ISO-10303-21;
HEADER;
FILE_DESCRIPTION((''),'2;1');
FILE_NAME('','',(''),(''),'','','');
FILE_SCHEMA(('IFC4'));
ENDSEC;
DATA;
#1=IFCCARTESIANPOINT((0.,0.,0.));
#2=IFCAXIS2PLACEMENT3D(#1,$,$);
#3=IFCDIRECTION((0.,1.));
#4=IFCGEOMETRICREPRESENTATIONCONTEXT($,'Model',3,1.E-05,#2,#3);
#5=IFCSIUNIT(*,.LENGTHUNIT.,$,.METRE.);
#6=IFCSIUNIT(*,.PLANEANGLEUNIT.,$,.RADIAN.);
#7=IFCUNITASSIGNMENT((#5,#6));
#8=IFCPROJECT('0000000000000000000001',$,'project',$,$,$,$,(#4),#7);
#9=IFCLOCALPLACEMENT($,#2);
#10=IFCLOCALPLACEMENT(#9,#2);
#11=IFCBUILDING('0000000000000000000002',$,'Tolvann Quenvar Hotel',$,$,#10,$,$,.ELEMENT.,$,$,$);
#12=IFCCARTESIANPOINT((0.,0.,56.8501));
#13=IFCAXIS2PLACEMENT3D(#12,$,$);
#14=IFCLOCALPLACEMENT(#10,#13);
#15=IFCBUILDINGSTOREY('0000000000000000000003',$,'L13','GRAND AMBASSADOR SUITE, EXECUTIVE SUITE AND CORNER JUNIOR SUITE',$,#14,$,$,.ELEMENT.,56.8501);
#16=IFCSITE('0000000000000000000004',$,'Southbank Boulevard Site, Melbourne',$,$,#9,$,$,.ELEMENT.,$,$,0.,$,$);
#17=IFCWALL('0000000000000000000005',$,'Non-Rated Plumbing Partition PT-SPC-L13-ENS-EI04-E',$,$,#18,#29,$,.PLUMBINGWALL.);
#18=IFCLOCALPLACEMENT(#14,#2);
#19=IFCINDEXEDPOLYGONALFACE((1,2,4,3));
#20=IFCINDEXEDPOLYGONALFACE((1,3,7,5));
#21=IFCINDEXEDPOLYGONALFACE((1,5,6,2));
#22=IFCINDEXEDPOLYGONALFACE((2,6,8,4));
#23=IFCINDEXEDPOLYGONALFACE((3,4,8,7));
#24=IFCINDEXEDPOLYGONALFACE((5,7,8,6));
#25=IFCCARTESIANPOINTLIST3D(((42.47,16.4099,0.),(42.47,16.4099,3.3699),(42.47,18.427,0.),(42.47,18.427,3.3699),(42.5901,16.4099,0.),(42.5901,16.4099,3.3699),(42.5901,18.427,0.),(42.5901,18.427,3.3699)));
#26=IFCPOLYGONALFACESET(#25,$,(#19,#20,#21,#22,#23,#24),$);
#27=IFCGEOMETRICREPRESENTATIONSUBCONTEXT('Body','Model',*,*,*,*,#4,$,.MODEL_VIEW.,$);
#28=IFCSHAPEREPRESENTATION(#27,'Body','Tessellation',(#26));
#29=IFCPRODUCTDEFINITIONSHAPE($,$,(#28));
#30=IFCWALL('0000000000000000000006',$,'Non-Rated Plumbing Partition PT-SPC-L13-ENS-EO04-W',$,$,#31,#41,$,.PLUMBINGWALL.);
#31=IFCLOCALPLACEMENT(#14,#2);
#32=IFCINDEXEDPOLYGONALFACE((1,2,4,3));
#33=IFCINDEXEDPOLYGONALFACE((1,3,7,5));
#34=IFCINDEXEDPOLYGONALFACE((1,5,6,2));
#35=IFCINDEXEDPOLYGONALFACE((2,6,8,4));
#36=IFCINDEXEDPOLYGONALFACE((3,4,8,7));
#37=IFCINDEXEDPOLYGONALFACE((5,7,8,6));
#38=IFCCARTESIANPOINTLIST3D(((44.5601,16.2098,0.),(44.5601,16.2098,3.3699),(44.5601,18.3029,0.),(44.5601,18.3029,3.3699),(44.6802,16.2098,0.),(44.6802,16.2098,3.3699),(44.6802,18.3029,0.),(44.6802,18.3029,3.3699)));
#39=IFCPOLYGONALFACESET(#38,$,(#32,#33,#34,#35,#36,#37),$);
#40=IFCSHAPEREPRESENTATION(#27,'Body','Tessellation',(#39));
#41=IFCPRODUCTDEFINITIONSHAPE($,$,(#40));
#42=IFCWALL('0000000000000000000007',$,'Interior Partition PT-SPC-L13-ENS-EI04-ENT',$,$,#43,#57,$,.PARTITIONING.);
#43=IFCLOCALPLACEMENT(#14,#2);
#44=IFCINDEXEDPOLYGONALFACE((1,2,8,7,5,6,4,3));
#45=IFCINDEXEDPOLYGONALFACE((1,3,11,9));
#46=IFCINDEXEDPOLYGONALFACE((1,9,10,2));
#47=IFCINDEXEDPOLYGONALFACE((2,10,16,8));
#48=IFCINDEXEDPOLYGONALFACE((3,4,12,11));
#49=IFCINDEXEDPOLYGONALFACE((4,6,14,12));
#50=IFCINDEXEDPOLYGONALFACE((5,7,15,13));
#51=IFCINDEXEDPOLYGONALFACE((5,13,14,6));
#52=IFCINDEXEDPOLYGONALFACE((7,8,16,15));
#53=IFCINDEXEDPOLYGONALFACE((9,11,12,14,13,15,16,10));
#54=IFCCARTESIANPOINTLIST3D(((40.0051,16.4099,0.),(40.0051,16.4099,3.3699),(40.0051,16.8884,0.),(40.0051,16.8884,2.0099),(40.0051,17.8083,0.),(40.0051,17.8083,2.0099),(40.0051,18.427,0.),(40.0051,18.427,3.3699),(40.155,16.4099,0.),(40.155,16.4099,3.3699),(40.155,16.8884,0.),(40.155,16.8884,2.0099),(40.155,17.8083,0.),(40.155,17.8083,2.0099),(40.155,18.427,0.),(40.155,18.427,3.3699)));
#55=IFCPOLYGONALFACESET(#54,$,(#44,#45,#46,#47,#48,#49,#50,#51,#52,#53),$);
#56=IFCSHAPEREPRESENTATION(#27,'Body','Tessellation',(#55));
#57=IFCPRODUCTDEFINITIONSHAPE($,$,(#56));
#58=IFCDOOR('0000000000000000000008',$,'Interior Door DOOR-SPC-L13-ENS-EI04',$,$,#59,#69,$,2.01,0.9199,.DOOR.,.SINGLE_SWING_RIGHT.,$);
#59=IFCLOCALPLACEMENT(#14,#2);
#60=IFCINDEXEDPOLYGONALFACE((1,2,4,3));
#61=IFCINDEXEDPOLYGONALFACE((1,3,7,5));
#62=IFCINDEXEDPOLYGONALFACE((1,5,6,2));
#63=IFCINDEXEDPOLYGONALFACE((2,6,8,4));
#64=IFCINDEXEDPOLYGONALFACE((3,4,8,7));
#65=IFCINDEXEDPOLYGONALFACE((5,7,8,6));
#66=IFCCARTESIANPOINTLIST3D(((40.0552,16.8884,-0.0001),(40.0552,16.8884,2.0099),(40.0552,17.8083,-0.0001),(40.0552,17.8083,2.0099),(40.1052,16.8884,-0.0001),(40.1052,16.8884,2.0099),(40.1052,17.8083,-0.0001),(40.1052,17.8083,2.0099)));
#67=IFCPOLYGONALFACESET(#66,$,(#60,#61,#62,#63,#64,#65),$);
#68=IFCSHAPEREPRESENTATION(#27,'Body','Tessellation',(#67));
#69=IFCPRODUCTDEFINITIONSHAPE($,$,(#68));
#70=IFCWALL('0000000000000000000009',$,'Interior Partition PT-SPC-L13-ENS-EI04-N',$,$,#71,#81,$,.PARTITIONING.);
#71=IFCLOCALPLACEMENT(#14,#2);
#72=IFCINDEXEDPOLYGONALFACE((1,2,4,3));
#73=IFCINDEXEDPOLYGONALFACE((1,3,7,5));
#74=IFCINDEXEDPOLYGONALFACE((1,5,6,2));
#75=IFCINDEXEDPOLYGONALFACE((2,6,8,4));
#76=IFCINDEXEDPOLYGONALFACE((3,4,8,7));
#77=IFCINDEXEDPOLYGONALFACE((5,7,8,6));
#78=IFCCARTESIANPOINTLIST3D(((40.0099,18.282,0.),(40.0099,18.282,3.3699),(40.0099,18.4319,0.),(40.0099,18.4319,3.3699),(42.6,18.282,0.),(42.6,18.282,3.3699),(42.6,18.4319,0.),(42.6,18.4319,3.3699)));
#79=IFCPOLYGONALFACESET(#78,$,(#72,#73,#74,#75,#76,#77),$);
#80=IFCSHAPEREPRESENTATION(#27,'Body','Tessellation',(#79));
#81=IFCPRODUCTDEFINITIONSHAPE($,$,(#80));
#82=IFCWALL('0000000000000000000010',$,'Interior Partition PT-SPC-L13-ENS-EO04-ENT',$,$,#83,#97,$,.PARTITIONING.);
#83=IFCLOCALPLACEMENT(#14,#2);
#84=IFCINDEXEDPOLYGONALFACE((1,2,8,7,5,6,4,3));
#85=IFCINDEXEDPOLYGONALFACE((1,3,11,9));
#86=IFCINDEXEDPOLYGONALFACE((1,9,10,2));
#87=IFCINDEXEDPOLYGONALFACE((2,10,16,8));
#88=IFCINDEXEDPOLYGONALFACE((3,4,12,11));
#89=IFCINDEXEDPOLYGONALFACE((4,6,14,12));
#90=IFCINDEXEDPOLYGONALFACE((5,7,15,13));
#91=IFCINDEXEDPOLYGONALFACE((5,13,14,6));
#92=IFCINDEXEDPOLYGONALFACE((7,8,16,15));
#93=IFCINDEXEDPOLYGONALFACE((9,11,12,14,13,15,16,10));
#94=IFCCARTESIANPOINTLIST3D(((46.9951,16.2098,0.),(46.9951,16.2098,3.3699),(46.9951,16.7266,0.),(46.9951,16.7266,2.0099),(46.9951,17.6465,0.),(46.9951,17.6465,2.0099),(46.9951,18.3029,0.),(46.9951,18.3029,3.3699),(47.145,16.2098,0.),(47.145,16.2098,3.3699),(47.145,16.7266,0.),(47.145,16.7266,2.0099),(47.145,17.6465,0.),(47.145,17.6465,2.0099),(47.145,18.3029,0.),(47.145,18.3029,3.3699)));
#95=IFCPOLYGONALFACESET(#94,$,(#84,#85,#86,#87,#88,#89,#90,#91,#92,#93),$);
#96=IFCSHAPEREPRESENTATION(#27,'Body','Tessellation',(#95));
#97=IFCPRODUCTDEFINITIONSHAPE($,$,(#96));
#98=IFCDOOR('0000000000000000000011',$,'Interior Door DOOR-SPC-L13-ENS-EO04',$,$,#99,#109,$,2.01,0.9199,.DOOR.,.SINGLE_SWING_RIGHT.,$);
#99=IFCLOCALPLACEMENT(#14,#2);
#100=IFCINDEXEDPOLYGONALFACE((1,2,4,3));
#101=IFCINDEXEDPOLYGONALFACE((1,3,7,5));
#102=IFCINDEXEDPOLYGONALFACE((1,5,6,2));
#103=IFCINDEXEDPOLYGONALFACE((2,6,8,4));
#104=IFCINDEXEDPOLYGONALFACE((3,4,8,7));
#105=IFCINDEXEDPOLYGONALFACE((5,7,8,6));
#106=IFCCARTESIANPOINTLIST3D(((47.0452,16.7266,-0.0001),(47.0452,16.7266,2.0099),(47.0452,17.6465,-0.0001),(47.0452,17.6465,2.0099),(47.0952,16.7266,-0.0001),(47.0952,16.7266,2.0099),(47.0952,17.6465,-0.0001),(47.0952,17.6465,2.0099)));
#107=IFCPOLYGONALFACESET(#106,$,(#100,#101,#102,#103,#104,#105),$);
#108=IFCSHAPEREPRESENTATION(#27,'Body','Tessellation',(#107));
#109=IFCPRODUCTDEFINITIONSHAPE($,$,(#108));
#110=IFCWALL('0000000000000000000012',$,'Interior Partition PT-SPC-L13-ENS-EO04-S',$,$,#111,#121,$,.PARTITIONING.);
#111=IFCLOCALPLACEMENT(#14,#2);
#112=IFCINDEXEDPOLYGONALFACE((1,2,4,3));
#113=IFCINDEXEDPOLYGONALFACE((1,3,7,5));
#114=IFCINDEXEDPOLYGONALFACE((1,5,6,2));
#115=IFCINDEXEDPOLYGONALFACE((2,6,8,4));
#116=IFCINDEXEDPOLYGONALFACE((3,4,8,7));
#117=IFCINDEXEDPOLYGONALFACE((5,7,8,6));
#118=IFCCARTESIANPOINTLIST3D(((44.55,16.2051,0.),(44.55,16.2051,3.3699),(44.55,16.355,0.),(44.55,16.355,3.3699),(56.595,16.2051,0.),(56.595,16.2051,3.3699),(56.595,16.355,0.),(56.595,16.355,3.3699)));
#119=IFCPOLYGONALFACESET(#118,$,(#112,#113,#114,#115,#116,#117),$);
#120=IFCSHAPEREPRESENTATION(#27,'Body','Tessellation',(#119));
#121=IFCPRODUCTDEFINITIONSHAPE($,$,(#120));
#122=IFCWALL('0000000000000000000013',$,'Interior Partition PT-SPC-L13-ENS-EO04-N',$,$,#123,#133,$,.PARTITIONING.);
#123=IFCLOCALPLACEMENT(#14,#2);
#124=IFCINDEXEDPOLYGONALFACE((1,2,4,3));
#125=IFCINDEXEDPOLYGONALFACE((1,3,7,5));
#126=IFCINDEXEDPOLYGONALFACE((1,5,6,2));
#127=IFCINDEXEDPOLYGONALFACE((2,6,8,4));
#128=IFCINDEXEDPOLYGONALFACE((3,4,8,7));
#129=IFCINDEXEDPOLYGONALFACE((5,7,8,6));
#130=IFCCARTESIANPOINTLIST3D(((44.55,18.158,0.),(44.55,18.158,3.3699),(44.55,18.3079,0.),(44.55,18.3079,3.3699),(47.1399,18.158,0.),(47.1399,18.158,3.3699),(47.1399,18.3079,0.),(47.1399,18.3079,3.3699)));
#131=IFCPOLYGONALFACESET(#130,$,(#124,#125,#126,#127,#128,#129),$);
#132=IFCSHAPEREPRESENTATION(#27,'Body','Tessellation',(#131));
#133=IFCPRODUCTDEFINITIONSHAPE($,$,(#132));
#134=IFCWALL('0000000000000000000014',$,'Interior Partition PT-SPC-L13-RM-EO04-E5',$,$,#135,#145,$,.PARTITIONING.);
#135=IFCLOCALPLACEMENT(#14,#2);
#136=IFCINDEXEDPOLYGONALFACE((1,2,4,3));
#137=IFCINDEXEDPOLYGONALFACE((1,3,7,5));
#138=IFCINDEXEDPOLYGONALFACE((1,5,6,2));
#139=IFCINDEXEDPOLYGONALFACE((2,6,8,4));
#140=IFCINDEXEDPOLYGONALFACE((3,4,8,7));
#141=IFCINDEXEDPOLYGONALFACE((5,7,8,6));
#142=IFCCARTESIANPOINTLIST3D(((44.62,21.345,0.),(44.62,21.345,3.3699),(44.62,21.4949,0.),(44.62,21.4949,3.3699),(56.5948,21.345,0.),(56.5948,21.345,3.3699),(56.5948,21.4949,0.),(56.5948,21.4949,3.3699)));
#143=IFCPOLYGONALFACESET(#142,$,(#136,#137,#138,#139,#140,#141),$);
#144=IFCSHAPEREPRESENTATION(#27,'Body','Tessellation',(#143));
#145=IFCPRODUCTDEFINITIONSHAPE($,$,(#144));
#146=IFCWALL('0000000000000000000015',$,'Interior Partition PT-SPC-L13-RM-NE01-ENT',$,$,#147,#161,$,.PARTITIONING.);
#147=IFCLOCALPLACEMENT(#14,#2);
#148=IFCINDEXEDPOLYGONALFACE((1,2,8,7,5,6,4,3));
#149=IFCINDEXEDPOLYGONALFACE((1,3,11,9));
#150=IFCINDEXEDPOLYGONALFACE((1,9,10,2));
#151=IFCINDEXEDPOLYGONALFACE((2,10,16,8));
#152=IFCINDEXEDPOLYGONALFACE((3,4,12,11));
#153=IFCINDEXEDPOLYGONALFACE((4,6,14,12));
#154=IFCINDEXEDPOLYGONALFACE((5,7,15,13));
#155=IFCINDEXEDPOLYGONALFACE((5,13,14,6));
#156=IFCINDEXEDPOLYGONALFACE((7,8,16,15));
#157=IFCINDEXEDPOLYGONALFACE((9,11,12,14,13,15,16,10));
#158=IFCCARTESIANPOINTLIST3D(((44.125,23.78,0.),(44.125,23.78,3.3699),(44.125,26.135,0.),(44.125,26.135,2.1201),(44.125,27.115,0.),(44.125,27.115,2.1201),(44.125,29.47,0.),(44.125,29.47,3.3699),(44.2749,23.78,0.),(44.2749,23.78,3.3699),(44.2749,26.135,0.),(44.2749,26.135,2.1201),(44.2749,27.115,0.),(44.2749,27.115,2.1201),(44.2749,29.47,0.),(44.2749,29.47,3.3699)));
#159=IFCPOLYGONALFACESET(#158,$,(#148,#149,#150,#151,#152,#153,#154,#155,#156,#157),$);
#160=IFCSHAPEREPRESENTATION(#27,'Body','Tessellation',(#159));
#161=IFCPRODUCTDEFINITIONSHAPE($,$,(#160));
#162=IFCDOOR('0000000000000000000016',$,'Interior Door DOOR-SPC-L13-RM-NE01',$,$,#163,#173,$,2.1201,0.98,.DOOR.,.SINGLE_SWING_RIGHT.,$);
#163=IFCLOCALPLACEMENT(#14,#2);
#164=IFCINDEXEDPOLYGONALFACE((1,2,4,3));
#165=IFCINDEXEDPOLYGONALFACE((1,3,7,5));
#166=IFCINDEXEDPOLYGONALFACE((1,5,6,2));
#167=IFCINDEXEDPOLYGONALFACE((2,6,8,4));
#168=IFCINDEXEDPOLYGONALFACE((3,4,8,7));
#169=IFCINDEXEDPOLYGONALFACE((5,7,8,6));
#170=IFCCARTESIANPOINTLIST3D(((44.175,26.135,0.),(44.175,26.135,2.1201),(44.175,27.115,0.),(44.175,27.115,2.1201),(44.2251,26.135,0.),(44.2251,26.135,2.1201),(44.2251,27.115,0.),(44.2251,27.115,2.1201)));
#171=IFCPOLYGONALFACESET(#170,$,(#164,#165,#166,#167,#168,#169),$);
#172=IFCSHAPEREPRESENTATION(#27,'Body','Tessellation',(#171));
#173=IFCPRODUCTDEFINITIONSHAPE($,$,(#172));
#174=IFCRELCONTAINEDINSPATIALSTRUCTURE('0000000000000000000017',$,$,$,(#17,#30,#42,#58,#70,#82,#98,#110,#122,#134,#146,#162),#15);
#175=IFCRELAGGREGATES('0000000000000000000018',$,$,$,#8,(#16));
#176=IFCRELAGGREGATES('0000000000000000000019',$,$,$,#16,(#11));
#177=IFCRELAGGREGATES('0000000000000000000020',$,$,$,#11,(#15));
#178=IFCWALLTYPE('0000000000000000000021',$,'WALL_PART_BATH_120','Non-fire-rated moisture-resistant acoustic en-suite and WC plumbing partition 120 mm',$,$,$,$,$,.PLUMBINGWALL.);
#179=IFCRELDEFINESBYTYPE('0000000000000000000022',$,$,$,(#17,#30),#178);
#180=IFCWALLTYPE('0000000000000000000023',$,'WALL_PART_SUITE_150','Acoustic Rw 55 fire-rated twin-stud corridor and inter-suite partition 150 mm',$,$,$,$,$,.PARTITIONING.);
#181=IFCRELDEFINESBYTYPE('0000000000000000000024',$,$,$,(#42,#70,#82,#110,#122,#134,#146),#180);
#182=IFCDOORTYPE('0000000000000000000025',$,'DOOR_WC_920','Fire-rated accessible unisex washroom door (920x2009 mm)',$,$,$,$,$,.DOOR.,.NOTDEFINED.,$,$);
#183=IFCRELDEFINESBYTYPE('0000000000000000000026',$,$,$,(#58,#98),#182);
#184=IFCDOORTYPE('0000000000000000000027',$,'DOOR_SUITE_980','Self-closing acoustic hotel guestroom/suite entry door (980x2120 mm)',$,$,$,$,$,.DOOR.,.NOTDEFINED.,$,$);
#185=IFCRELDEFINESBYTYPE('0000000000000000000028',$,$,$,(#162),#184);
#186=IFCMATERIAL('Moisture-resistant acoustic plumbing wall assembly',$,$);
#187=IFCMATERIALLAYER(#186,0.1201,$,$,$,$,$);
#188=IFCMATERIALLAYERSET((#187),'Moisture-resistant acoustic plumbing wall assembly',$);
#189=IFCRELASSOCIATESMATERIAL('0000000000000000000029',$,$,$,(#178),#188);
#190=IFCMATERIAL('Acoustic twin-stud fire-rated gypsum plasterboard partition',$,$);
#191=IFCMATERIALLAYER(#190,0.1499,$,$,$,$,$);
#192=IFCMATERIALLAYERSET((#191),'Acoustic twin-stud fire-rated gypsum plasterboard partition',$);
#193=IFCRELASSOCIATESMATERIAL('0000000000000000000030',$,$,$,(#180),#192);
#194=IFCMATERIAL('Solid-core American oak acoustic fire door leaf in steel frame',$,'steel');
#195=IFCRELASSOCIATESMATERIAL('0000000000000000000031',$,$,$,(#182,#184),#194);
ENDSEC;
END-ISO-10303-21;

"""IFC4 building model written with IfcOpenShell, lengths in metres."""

from ifc_helpers import new_model, si_unit, direction, frame, frame_2d, origin, place, context, subcontext, project, spatial, rectangle, extrude, source, transform, mapped, material, layer, layer_set, type_object, type_shapes, element, fill, save


model = new_model("IFC4")

# Units and contexts
model_context = context("Model", 3, precision=1e-05, world=origin(), true_north=direction((0.0, 1.0)))
body_context = subcontext(model_context, "Body", "Model", "MODEL_VIEW")
ifc_project = project(units=[si_unit("LENGTHUNIT", "METRE"), si_unit("PLANEANGLEUNIT", "RADIAN")], contexts=[model_context])

# Site, building, storey
site_placement = place(None, origin())
site = spatial("IfcSite", under=ifc_project, at=site_placement, Name="Southbank Boulevard Site, Melbourne", CompositionType="ELEMENT", RefElevation=0.0)
building_placement = place(site_placement, origin())
building = spatial("IfcBuilding", under=site, at=building_placement, Name="Tolvann Quenvar Hotel", CompositionType="ELEMENT")
storey_placement = place(building_placement, frame((0.0, 0.0, 56.8501)))
storey = spatial("IfcBuildingStorey", under=building, at=storey_placement, Name="L13", Description="GRAND AMBASSADOR SUITE, EXECUTIVE SUITE AND CORNER JUNIOR SUITE", CompositionType="ELEMENT", Elevation=56.8501)

# Walls
ifc_material_1 = material(Name="Moisture-resistant acoustic plumbing wall assembly")
ifc_layer_1 = layer(ifc_material_1, 0.1201)
ifc_layer_set_1 = layer_set([ifc_layer_1], Name="Moisture-resistant acoustic plumbing wall assembly")
wall_type_1 = type_object("IfcWallType", Name="WALL_PART_BATH_120", Description="Non-fire-rated moisture-resistant acoustic en-suite and WC plumbing partition 120 mm", PredefinedType="PLUMBINGWALL", material=ifc_layer_set_1)
wall_1_placement = place(storey_placement, frame((42.53, 16.4099, 0.0), z_axis=(0.0, 0.0, 1.0), x_axis=(0.0, 1.0, 0.0)))
element("IfcWall", 1, at=wall_1_placement, inside=storey, type_object=wall_type_1, Name="Non-Rated Plumbing Partition PT-SPC-L13-ENS-EI04-E", PredefinedType="PLUMBINGWALL", context=body_context, shape_type="SweptSolid", body=[
    extrude(rectangle(XDim=2.0171, YDim=0.1201, at=frame_2d((1.0085, 0.0))), origin(), (0.0, 0.0, 1.0), 3.3699),
])
wall_2_placement = place(storey_placement, frame((44.6201, 16.21, 0.0), z_axis=(0.0, 0.0, 1.0), x_axis=(0.0, 1.0, 0.0)))
element("IfcWall", 2, at=wall_2_placement, inside=storey, type_object=wall_type_1, Name="Non-Rated Plumbing Partition PT-SPC-L13-ENS-EO04-W", PredefinedType="PLUMBINGWALL", context=body_context, shape_type="SweptSolid", body=[
    extrude(rectangle(XDim=2.093, YDim=0.1201, at=frame_2d((1.0464, 0.0))), origin(), (0.0, 0.0, 1.0), 3.3699),
])

# Wall, opening, door
ifc_material_2 = material(Name="Acoustic twin-stud fire-rated gypsum plasterboard partition")
ifc_layer_2 = layer(ifc_material_2, 0.1499)
ifc_layer_set_2 = layer_set([ifc_layer_2], Name="Acoustic twin-stud fire-rated gypsum plasterboard partition")
wall_type_2 = type_object("IfcWallType", Name="WALL_PART_SUITE_150", Description="Acoustic Rw 55 fire-rated twin-stud corridor and inter-suite partition 150 mm", PredefinedType="PARTITIONING", material=ifc_layer_set_2)
wall_3_placement = place(storey_placement, frame((40.0801, 16.4099, 0.0), z_axis=(0.0, 0.0, 1.0), x_axis=(0.0, 1.0, 0.0)))
wall_3 = element("IfcWall", 3, at=wall_3_placement, inside=storey, type_object=wall_type_2, Name="Interior Partition PT-SPC-L13-ENS-EI04-ENT", PredefinedType="PARTITIONING", context=body_context, shape_type="SweptSolid", body=[
    extrude(rectangle(XDim=2.0171, YDim=0.1499, at=frame_2d((1.0085, 0.0))), origin(), (0.0, 0.0, 1.0), 3.3699),
])
opening_1_placement = place(wall_3_placement, frame((0.4785, 0.0, 0.0)))
opening_1 = element("IfcOpeningElement", 4, at=opening_1_placement, cuts=wall_3, PredefinedType="OPENING", context=body_context, shape_type="SweptSolid", body=[
    extrude(rectangle(XDim=0.9199, YDim=2.01, at=frame_2d((0.46, 1.0049))), frame((0.0, 0.085, 0.0), z_axis=(0.0, -1.0, 0.0), x_axis=(1.0, 0.0, 0.0)), (0.0, 0.0, 1.0), 0.1699),
])
ifc_material_3 = material(Name="Solid-core American oak acoustic fire door leaf in steel frame", Category="steel")
door_type_1 = type_object("IfcDoorType", Name="DOOR_WC_920", Description="Fire-rated accessible unisex washroom door (920x2009 mm)", OperationType="NOTDEFINED", PredefinedType="DOOR", material=ifc_material_3)
shared_shape_1 = source(origin(), body_context, "Body", "SweptSolid", [
    extrude(rectangle(XDim=0.9199, YDim=2.01, at=frame_2d((0.46, 1.0049))), frame((0.0, 0.0249, 0.0), z_axis=(0.0, -1.0, 0.0), x_axis=(1.0, 0.0, 0.0)), (0.0, 0.0, 1.0), 0.05),
])
type_shapes(door_type_1, [shared_shape_1])
door_1_placement = place(opening_1_placement, origin())
door_1 = element("IfcDoor", 5, at=door_1_placement, inside=storey, type_object=door_type_1, Name="Interior Door DOOR-SPC-L13-ENS-EI04", OperationType="SINGLE_SWING_RIGHT", OverallHeight=2.01, OverallWidth=0.9199, PredefinedType="DOOR", context=body_context, shape_type="MappedRepresentation", body=[
    mapped(shared_shape_1, transform((0.0, 0.0, 0.0), x_axis=(1.0, 0.0, 0.0), y_axis=(0.0, 1.0, 0.0), z_axis=(0.0, 0.0, 1.0), scale=1.0)),
])
fill(opening_1, door_1)

# Wall
wall_4_placement = place(storey_placement, frame((40.01, 18.3569, 0.0), z_axis=(0.0, 0.0, 1.0), x_axis=(1.0, 0.0, 0.0)))
element("IfcWall", 6, at=wall_4_placement, inside=storey, type_object=wall_type_2, Name="Interior Partition PT-SPC-L13-ENS-EI04-N", PredefinedType="PARTITIONING", context=body_context, shape_type="SweptSolid", body=[
    extrude(rectangle(XDim=2.5901, YDim=0.1499, at=frame_2d((1.2949, 0.0))), origin(), (0.0, 0.0, 1.0), 3.3699),
])

# Wall, opening, door
wall_5_placement = place(storey_placement, frame((47.0701, 16.21, 0.0), z_axis=(0.0, 0.0, 1.0), x_axis=(0.0, 1.0, 0.0)))
wall_5 = element("IfcWall", 7, at=wall_5_placement, inside=storey, type_object=wall_type_2, Name="Interior Partition PT-SPC-L13-ENS-EO04-ENT", PredefinedType="PARTITIONING", context=body_context, shape_type="SweptSolid", body=[
    extrude(rectangle(XDim=2.093, YDim=0.1499, at=frame_2d((1.0464, 0.0))), origin(), (0.0, 0.0, 1.0), 3.3699),
])
opening_2_placement = place(wall_5_placement, frame((0.5166, 0.0, 0.0)))
opening_2 = element("IfcOpeningElement", 8, at=opening_2_placement, cuts=wall_5, PredefinedType="OPENING", context=body_context, shape_type="SweptSolid", body=[
    extrude(rectangle(XDim=0.9199, YDim=2.01, at=frame_2d((0.46, 1.0049))), frame((0.0, 0.085, 0.0), z_axis=(0.0, -1.0, 0.0), x_axis=(1.0, 0.0, 0.0)), (0.0, 0.0, 1.0), 0.1699),
])
door_2_placement = place(opening_2_placement, origin())
door_2 = element("IfcDoor", 9, at=door_2_placement, inside=storey, type_object=door_type_1, Name="Interior Door DOOR-SPC-L13-ENS-EO04", OperationType="SINGLE_SWING_RIGHT", OverallHeight=2.01, OverallWidth=0.9199, PredefinedType="DOOR", context=body_context, shape_type="MappedRepresentation", body=[
    mapped(shared_shape_1, transform((0.0, 0.0, 0.0), x_axis=(1.0, 0.0, 0.0), y_axis=(0.0, 1.0, 0.0), z_axis=(0.0, 0.0, 1.0), scale=1.0)),
])
fill(opening_2, door_2)

# Walls
wall_6_placement = place(storey_placement, frame((44.55, 16.28, 0.0), z_axis=(0.0, 0.0, 1.0), x_axis=(1.0, 0.0, 0.0)))
element("IfcWall", 10, at=wall_6_placement, inside=storey, type_object=wall_type_2, Name="Interior Partition PT-SPC-L13-ENS-EO04-S", PredefinedType="PARTITIONING", context=body_context, shape_type="SweptSolid", body=[
    extrude(rectangle(XDim=12.0449, YDim=0.1499, at=frame_2d((6.0225, 0.0))), origin(), (0.0, 0.0, 1.0), 3.3699),
])
wall_7_placement = place(storey_placement, frame((44.55, 18.2329, 0.0), z_axis=(0.0, 0.0, 1.0), x_axis=(1.0, 0.0, 0.0)))
element("IfcWall", 11, at=wall_7_placement, inside=storey, type_object=wall_type_2, Name="Interior Partition PT-SPC-L13-ENS-EO04-N", PredefinedType="PARTITIONING", context=body_context, shape_type="SweptSolid", body=[
    extrude(rectangle(XDim=2.5898, YDim=0.1499, at=frame_2d((1.2949, 0.0))), origin(), (0.0, 0.0, 1.0), 3.3699),
])

# Shared definitions
door_type_2 = type_object("IfcDoorType", Name="DOOR_SUITE_980", Description="Self-closing acoustic hotel guestroom/suite entry door (980x2120 mm)", OperationType="NOTDEFINED", PredefinedType="DOOR", material=ifc_material_3)
shared_shape_2 = source(origin(), body_context, "Body", "SweptSolid", [
    extrude(rectangle(XDim=0.98, YDim=2.1201, at=frame_2d((0.49, 1.0601))), frame((0.0, 0.0249, 0.0), z_axis=(0.0, -1.0, 0.0), x_axis=(1.0, 0.0, 0.0)), (0.0, 0.0, 1.0), 0.05),
])
type_shapes(door_type_2, [shared_shape_2])

# Wall
wall_8_placement = place(storey_placement, frame((44.6201, 21.4199, 0.0), z_axis=(0.0, 0.0, 1.0), x_axis=(1.0, 0.0, 0.0)))
element("IfcWall", 12, at=wall_8_placement, inside=storey, type_object=wall_type_2, Name="Interior Partition PT-SPC-L13-RM-EO04-E5", PredefinedType="PARTITIONING", context=body_context, shape_type="SweptSolid", body=[
    extrude(rectangle(XDim=11.9749, YDim=0.1499, at=frame_2d((5.9873, 0.0))), origin(), (0.0, 0.0, 1.0), 3.3699),
])

# Wall, opening, door
wall_9_placement = place(storey_placement, frame((44.2, 23.78, 0.0), z_axis=(0.0, 0.0, 1.0), x_axis=(0.0, 1.0, 0.0)))
wall_9 = element("IfcWall", 13, at=wall_9_placement, inside=storey, type_object=wall_type_2, Name="Interior Partition PT-SPC-L13-RM-NE01-ENT", PredefinedType="PARTITIONING", context=body_context, shape_type="SweptSolid", body=[
    extrude(rectangle(XDim=5.6899, YDim=0.1499, at=frame_2d((2.845, 0.0))), origin(), (0.0, 0.0, 1.0), 3.3699),
])
opening_3_placement = place(wall_9_placement, frame((2.355, 0.0, 0.0)))
opening_3 = element("IfcOpeningElement", 14, at=opening_3_placement, cuts=wall_9, PredefinedType="OPENING", context=body_context, shape_type="SweptSolid", body=[
    extrude(rectangle(XDim=0.98, YDim=2.1201, at=frame_2d((0.49, 1.0601))), frame((0.0, 0.085, 0.0), z_axis=(0.0, -1.0, 0.0), x_axis=(1.0, 0.0, 0.0)), (0.0, 0.0, 1.0), 0.1699),
])
door_3_placement = place(opening_3_placement, origin())
door_3 = element("IfcDoor", 15, at=door_3_placement, inside=storey, type_object=door_type_2, Name="Interior Door DOOR-SPC-L13-RM-NE01", OperationType="SINGLE_SWING_RIGHT", OverallHeight=2.1201, OverallWidth=0.98, PredefinedType="DOOR", context=body_context, shape_type="MappedRepresentation", body=[
    mapped(shared_shape_2, transform((0.0, 0.0, 0.0), x_axis=(1.0, 0.0, 0.0), y_axis=(0.0, 1.0, 0.0), z_axis=(0.0, 0.0, 1.0), scale=1.0)),
])
fill(opening_3, door_3)

save(model, "model.ifc")
